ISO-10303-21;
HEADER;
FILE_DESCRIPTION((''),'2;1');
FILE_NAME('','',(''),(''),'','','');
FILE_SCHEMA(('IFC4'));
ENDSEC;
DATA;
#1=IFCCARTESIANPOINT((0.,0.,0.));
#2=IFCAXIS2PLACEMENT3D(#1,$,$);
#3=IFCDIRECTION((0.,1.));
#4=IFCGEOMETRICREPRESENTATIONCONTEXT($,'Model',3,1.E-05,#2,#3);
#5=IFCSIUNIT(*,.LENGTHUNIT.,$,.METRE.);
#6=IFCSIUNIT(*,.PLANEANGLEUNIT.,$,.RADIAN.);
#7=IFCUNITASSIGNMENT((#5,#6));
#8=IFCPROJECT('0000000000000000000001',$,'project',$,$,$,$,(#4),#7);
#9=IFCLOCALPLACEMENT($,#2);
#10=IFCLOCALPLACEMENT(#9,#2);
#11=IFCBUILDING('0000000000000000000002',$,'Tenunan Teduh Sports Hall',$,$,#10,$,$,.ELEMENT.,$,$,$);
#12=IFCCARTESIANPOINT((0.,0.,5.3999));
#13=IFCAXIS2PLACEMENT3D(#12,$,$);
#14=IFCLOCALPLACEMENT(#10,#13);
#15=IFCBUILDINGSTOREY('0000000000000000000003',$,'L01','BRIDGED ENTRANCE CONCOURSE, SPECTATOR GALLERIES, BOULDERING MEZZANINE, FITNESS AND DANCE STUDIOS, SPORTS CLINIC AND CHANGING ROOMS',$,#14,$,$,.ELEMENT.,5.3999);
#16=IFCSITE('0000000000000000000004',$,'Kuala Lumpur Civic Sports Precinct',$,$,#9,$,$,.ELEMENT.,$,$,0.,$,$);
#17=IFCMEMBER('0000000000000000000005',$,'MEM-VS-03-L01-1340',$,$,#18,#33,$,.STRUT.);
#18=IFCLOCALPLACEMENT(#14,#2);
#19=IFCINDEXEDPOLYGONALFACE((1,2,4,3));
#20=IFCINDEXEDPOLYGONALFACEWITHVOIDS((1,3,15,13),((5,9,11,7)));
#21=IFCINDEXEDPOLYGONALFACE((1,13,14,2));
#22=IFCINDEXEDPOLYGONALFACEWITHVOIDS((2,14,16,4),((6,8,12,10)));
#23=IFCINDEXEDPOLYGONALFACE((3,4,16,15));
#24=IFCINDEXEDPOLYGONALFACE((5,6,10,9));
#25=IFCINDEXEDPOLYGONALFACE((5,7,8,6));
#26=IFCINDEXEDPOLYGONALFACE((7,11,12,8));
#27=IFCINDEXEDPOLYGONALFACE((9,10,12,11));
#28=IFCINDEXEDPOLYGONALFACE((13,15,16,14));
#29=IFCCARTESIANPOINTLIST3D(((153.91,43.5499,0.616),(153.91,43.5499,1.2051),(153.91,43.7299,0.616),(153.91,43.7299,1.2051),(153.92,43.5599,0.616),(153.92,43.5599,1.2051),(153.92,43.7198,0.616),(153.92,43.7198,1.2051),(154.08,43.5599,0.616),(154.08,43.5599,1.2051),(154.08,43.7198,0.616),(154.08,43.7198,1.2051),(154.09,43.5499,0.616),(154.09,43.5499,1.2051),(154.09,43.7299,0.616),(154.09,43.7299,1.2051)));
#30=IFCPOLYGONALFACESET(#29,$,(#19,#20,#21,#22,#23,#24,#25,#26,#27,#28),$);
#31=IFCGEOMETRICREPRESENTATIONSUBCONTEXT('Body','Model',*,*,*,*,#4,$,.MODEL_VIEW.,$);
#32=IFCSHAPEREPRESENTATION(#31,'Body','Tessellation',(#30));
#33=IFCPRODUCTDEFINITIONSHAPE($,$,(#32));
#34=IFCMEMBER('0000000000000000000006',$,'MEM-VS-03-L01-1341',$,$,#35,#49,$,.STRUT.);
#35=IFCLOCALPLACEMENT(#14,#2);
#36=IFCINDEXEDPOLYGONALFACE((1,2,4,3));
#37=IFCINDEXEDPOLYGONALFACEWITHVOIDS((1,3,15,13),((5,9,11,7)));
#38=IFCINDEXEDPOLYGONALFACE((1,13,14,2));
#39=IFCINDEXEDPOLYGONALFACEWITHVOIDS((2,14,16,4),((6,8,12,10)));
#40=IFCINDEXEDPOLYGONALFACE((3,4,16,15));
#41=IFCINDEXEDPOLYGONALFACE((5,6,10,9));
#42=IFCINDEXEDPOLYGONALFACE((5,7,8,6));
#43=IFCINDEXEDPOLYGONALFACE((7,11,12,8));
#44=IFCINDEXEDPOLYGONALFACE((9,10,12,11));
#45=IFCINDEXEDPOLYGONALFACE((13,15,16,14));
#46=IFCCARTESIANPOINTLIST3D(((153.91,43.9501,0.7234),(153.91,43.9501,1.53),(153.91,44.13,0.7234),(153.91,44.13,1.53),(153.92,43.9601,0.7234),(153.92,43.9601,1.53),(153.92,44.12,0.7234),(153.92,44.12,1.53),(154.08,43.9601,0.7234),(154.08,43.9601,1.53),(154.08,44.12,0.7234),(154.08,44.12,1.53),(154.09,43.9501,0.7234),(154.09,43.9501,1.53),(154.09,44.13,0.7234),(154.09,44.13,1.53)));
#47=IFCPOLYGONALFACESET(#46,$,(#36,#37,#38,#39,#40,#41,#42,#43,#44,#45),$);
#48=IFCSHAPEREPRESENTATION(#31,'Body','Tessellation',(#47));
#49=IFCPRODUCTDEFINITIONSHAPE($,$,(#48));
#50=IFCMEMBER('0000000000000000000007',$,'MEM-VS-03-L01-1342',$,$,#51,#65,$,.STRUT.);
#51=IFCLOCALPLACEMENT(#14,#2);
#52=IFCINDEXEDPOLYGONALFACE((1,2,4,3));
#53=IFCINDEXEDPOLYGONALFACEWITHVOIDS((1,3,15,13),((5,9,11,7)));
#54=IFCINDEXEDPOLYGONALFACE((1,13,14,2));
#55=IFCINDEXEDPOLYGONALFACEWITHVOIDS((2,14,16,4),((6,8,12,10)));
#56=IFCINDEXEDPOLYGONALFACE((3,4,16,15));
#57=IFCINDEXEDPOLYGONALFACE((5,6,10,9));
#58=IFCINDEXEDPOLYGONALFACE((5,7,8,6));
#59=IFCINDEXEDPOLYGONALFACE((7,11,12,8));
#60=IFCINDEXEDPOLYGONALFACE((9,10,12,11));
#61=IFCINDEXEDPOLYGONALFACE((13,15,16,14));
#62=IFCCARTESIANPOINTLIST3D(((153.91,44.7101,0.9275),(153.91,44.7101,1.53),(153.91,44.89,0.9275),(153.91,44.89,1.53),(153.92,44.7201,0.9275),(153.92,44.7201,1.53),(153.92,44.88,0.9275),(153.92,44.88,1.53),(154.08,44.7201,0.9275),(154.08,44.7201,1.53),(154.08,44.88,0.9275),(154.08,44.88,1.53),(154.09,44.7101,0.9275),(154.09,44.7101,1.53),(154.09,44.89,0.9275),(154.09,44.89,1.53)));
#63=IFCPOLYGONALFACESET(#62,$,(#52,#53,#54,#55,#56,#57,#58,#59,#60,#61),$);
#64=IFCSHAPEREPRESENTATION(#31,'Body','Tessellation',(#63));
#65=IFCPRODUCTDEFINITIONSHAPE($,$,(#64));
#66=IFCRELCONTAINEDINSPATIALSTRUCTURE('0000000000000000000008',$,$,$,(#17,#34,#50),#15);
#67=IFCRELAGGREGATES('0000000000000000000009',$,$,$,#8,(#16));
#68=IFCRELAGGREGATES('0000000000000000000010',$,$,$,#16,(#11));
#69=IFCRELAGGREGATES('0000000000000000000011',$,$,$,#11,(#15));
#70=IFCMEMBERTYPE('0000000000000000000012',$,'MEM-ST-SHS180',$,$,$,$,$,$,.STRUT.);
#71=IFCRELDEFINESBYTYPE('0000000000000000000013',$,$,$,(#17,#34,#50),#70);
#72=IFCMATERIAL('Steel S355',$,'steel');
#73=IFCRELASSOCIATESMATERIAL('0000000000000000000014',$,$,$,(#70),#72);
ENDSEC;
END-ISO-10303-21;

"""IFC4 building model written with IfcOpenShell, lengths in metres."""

from ifc_helpers import new_model, si_unit, direction, frame, origin, origin_2d, place, context, subcontext, project, spatial, hollow_rectangle, extrude, material, material_profile, profile_set, type_object, element, save


model = new_model("IFC4")

# Units and contexts
model_context = context("Model", 3, precision=1e-05, world=origin(), true_north=direction((0.0, 1.0)))
body_context = subcontext(model_context, "Body", "Model", "MODEL_VIEW")
ifc_project = project(units=[si_unit("LENGTHUNIT", "METRE"), si_unit("PLANEANGLEUNIT", "RADIAN")], contexts=[model_context])

# Site, building, storey
site_placement = place(None, origin())
site = spatial("IfcSite", under=ifc_project, at=site_placement, Name="Kuala Lumpur Civic Sports Precinct", CompositionType="ELEMENT", RefElevation=0.0)
building_placement = place(site_placement, origin())
building = spatial("IfcBuilding", under=site, at=building_placement, Name="Tenunan Teduh Sports Hall", CompositionType="ELEMENT")
storey_placement = place(building_placement, frame((0.0, 0.0, 5.3999)))
storey = spatial("IfcBuildingStorey", under=building, at=storey_placement, Name="L01", Description="BRIDGED ENTRANCE CONCOURSE, SPECTATOR GALLERIES, BOULDERING MEZZANINE, FITNESS AND DANCE STUDIOS, SPORTS CLINIC AND CHANGING ROOMS", CompositionType="ELEMENT", Elevation=5.3999)

# Members
ifc_material_1 = material(Name="Steel S355", Category="steel")
ifc_material_profile_1 = material_profile(ifc_material_1, hollow_rectangle(XDim=0.1799, YDim=0.1799, WallThickness=0.01, at=origin_2d()), Name="SHS 180x180x10.0")
ifc_profile_set_1 = profile_set([ifc_material_profile_1], Name="Steel S355")
member_type = type_object("IfcMemberType", Name="MEM-ST-SHS180", PredefinedType="STRUT", material=ifc_profile_set_1)
member_1_placement = place(storey_placement, frame((154.0, 43.6399, 0.616), z_axis=(0.0, 0.0, 1.0), x_axis=(1.0, 0.0, 0.0)))
element("IfcMember", 1, at=member_1_placement, inside=storey, type_object=member_type, Name="MEM-VS-03-L01-1340", PredefinedType="STRUT", context=body_context, shape_type="SweptSolid", body=[
    extrude(hollow_rectangle(XDim=0.1799, YDim=0.1799, WallThickness=0.01, at=origin_2d()), origin(), (0.0, 0.0, 1.0), 0.5891),
])
member_2_placement = place(storey_placement, frame((154.0, 44.04, 0.7234), z_axis=(0.0, 0.0, 1.0), x_axis=(1.0, 0.0, 0.0)))
element("IfcMember", 2, at=member_2_placement, inside=storey, type_object=member_type, Name="MEM-VS-03-L01-1341", PredefinedType="STRUT", context=body_context, shape_type="SweptSolid", body=[
    extrude(hollow_rectangle(XDim=0.1799, YDim=0.1799, WallThickness=0.01, at=origin_2d()), origin(), (0.0, 0.0, 1.0), 0.8066),
])
member_3_placement = place(storey_placement, frame((154.0, 44.8, 0.9275), z_axis=(0.0, 0.0, 1.0), x_axis=(1.0, 0.0, 0.0)))
element("IfcMember", 3, at=member_3_placement, inside=storey, type_object=member_type, Name="MEM-VS-03-L01-1342", PredefinedType="STRUT", context=body_context, shape_type="SweptSolid", body=[
    extrude(hollow_rectangle(XDim=0.1799, YDim=0.1799, WallThickness=0.01, at=origin_2d()), origin(), (0.0, 0.0, 1.0), 0.6025),
])

save(model, "model.ifc")
